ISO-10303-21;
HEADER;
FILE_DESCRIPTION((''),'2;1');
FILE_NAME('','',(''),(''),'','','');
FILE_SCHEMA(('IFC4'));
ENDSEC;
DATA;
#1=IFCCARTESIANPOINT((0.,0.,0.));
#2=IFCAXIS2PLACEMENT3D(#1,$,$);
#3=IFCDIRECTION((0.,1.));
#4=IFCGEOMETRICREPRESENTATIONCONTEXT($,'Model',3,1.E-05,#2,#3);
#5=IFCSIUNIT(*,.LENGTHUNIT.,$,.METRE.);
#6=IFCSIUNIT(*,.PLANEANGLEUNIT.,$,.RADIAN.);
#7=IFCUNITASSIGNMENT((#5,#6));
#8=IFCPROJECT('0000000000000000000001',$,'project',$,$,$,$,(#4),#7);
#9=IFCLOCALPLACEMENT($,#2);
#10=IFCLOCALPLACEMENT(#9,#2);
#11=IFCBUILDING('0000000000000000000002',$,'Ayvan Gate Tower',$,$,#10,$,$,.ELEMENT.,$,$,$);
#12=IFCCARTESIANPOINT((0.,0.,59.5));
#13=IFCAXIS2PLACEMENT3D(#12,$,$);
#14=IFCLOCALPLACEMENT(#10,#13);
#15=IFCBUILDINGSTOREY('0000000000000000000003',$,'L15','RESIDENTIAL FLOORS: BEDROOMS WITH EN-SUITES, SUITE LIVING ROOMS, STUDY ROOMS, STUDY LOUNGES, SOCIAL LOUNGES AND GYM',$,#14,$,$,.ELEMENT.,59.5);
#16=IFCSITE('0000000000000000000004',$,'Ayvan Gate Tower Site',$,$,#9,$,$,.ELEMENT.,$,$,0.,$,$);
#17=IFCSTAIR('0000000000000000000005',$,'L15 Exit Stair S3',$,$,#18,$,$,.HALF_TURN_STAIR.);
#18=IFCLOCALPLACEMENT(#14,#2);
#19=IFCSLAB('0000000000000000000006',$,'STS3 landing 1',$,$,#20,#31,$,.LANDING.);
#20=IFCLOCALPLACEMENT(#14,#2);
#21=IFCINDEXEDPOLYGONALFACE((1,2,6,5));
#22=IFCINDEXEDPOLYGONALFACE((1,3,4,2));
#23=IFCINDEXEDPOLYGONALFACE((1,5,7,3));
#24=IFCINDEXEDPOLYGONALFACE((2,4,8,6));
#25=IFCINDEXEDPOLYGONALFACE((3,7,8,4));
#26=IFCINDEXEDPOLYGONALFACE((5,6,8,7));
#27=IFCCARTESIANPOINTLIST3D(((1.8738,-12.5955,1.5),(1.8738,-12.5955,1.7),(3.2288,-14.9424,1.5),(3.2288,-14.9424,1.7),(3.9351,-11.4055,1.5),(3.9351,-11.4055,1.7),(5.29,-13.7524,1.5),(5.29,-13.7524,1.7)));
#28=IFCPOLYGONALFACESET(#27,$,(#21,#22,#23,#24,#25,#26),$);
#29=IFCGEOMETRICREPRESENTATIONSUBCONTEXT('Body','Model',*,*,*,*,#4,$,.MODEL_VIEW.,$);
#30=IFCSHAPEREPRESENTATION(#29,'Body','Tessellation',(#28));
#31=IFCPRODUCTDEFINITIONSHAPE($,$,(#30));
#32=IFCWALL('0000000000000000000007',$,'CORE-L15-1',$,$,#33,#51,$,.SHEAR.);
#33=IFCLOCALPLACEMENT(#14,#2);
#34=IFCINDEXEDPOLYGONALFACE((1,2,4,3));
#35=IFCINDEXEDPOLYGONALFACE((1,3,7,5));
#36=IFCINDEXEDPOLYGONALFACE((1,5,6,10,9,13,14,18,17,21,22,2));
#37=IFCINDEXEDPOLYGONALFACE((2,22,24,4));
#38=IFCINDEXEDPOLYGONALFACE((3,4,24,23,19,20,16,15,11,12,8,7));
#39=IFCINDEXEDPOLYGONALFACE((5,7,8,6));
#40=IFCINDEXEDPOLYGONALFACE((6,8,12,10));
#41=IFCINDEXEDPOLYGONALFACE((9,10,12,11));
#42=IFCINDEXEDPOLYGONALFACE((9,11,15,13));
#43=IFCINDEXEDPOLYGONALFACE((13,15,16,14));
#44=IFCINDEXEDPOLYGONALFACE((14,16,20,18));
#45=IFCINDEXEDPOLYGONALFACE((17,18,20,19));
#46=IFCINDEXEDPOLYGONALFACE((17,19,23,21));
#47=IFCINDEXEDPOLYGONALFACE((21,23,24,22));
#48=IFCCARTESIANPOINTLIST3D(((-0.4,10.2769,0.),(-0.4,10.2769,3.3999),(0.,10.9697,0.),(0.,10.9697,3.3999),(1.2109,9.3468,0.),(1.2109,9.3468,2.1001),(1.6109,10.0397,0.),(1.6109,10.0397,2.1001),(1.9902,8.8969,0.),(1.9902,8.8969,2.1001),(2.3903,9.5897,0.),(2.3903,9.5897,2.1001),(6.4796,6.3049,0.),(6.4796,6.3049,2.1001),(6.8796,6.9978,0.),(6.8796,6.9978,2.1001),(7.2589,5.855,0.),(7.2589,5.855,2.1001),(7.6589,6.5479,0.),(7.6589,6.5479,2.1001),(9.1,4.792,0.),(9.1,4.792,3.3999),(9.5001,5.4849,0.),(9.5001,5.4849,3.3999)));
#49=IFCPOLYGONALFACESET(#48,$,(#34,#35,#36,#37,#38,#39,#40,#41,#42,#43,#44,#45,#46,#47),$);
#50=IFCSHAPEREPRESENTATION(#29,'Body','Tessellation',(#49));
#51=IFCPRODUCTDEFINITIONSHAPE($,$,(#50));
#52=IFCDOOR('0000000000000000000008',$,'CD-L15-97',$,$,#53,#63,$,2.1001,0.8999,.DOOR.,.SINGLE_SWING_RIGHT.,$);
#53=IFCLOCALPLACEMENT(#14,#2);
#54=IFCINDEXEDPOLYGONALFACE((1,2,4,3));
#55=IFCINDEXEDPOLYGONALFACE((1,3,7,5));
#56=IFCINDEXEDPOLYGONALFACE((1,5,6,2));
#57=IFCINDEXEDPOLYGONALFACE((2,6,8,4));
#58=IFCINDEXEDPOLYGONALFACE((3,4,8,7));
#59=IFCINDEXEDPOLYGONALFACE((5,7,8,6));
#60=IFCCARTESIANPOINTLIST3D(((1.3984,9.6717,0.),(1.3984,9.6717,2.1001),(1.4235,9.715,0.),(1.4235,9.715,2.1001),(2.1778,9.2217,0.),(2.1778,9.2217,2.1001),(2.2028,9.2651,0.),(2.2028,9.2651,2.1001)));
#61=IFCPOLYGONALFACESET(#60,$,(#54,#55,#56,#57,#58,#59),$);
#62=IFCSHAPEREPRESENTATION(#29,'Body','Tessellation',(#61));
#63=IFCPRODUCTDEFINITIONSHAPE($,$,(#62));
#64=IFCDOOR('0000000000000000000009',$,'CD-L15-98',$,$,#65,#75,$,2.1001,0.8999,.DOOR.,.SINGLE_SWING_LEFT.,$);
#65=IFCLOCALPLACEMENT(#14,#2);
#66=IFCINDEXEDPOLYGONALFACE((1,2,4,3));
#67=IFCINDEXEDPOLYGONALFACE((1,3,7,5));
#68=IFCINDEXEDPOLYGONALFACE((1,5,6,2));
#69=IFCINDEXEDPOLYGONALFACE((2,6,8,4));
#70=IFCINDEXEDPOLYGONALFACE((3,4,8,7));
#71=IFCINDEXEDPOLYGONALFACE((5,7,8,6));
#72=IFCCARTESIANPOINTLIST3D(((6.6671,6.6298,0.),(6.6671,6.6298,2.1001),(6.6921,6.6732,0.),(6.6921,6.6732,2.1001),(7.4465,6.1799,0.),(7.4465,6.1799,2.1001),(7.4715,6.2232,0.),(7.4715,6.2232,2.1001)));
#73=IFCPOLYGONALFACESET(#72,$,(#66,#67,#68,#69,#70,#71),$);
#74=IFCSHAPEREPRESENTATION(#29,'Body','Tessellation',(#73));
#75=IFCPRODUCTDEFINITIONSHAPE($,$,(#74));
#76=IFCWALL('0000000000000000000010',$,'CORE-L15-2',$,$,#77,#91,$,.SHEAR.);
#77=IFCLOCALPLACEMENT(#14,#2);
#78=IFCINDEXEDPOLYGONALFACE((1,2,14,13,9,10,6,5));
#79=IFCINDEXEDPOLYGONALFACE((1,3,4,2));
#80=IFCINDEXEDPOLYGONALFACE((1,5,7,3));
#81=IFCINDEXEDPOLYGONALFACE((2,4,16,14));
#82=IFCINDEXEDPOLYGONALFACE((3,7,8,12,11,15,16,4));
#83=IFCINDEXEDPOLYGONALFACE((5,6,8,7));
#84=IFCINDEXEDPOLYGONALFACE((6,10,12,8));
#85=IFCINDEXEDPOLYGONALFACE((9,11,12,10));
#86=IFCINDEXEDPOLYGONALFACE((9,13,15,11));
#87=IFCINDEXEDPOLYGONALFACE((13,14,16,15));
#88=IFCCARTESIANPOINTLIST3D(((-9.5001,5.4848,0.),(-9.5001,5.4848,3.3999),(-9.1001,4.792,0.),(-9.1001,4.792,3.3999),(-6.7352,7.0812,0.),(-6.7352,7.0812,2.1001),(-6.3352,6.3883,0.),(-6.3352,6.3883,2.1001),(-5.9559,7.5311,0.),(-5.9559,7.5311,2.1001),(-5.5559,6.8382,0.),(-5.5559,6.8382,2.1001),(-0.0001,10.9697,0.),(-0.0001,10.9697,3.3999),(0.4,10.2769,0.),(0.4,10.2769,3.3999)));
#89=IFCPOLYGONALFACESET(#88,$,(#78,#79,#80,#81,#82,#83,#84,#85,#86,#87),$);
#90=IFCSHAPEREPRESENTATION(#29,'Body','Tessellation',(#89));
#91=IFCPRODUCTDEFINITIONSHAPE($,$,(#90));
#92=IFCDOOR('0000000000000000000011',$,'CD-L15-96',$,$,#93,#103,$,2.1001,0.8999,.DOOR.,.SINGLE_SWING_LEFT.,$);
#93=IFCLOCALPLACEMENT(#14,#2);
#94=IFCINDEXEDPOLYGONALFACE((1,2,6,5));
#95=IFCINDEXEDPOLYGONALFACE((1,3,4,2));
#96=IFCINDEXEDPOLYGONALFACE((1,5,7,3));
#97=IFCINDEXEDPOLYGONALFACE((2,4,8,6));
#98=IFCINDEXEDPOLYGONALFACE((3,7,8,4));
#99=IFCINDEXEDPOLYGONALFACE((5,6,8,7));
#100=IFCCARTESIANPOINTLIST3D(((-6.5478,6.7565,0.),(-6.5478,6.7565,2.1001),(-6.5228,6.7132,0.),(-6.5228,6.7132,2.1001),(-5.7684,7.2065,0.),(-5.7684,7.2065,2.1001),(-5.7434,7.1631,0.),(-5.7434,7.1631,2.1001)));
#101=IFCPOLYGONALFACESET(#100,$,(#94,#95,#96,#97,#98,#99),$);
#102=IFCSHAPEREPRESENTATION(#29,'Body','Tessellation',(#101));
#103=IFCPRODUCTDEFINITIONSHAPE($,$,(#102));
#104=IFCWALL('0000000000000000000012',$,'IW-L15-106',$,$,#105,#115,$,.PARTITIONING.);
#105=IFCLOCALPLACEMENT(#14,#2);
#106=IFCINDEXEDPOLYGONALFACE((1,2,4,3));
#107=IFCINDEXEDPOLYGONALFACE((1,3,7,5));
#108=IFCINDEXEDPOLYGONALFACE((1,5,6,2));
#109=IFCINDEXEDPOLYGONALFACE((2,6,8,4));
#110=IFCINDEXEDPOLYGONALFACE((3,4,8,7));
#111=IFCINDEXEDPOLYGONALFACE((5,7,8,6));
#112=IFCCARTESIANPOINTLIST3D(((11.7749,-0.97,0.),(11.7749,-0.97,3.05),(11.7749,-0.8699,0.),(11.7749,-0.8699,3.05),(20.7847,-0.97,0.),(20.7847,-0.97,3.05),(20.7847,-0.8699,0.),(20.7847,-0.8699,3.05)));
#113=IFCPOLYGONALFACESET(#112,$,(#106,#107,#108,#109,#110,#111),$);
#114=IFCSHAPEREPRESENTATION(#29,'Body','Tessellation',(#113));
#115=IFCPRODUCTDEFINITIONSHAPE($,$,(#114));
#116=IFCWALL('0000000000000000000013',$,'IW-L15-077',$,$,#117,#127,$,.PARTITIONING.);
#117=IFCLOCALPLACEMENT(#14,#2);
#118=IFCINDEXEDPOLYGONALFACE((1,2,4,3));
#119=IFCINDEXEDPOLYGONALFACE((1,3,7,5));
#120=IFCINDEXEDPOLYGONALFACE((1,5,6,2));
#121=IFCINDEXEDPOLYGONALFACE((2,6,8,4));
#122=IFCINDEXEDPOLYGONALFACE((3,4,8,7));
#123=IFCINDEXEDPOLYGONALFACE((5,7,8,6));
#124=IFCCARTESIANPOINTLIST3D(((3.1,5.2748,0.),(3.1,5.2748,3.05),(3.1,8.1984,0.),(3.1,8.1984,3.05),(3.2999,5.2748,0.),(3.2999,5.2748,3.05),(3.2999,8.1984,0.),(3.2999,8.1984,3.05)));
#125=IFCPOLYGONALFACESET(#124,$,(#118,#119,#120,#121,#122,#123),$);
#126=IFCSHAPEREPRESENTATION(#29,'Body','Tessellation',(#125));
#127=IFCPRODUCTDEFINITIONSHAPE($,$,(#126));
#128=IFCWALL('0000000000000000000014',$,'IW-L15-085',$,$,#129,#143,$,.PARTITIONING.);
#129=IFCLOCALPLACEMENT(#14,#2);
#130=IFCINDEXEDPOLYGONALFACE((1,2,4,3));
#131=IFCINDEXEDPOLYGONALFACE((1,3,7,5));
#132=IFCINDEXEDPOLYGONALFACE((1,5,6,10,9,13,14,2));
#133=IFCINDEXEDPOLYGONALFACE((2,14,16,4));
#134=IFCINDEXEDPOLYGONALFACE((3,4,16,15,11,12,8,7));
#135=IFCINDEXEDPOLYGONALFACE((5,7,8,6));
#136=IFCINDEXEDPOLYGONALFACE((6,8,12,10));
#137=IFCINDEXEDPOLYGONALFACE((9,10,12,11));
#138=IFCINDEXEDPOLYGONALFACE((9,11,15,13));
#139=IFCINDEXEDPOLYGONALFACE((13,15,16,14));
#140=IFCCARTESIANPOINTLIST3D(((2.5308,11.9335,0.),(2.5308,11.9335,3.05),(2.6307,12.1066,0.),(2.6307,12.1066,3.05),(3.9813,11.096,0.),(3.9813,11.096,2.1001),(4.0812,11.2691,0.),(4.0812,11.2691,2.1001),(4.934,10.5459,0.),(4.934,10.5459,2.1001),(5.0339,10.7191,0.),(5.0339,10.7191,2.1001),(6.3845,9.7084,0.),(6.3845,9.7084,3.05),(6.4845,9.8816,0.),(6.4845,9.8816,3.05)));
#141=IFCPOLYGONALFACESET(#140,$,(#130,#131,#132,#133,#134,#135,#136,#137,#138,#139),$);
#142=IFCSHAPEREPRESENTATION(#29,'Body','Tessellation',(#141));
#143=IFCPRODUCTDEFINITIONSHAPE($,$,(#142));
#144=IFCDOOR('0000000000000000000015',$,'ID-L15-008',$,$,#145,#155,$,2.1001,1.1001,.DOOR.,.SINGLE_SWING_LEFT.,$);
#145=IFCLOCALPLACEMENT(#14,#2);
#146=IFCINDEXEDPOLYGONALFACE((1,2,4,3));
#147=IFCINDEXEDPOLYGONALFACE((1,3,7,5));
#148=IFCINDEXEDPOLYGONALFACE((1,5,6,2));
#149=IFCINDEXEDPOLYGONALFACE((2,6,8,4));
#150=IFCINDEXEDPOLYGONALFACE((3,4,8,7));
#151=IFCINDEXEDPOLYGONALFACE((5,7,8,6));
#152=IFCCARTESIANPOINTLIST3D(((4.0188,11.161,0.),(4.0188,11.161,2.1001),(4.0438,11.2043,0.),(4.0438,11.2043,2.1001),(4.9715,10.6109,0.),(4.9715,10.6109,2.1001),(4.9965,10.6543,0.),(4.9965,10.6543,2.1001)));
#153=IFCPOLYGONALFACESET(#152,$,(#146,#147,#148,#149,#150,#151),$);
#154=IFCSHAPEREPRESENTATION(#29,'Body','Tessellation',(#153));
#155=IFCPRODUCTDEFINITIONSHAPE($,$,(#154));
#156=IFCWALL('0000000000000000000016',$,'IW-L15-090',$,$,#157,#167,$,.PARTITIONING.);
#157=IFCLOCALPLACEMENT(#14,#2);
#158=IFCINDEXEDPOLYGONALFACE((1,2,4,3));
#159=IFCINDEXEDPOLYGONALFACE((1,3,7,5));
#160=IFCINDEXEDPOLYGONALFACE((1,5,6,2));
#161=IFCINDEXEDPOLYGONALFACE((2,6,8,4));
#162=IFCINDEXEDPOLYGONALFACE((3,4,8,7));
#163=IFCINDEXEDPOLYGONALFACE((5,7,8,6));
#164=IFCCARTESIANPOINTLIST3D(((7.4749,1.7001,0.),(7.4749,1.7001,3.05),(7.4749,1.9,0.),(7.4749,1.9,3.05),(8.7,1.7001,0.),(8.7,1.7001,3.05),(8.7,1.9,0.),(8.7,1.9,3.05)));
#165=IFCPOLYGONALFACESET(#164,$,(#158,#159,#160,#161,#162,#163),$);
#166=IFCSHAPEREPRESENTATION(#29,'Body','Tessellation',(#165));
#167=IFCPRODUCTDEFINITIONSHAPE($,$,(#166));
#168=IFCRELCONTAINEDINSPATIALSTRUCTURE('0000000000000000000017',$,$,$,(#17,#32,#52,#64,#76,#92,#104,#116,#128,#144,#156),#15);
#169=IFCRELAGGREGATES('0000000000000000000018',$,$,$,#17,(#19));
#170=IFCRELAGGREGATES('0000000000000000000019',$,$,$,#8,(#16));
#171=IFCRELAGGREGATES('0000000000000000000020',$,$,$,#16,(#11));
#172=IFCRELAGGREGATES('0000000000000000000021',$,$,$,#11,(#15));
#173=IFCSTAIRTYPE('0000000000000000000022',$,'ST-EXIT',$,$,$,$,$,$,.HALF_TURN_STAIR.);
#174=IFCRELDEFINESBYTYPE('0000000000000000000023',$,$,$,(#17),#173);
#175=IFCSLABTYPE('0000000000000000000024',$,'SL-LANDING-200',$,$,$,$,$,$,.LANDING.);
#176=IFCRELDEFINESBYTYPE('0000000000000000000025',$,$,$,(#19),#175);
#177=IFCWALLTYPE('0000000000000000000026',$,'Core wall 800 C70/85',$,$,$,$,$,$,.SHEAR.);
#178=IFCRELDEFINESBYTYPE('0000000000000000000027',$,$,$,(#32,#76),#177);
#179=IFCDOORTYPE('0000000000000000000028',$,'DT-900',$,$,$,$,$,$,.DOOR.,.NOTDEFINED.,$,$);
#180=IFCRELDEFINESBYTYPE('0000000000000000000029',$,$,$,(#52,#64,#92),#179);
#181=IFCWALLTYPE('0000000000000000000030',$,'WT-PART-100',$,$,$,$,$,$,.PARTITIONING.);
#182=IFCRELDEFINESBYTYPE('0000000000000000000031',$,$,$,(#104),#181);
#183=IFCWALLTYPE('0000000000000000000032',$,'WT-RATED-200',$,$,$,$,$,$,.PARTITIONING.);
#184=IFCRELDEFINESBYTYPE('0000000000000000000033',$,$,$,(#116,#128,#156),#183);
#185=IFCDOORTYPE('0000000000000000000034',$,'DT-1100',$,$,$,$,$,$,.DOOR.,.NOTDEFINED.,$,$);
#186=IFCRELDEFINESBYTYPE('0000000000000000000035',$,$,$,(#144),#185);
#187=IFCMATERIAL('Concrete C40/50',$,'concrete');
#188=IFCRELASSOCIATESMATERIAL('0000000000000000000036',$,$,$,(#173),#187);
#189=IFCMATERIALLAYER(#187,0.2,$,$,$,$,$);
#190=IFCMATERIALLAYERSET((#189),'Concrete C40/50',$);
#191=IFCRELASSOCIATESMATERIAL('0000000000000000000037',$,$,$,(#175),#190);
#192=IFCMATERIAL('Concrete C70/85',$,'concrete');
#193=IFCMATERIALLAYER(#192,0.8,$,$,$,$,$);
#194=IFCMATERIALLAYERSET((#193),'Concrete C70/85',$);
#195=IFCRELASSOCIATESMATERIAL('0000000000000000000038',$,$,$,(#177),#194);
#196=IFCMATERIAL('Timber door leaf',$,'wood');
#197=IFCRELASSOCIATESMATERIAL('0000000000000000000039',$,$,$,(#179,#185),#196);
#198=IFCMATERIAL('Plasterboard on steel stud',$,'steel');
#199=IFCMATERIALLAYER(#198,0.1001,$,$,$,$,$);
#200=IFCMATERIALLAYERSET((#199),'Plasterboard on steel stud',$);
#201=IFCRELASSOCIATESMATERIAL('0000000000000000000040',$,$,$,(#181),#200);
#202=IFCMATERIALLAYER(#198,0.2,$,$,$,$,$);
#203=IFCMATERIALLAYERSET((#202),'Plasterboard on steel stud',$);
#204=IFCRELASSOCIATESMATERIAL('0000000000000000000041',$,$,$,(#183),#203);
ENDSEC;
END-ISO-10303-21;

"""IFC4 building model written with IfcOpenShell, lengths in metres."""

from ifc_helpers import new_model, si_unit, direction, frame, frame_2d, origin, place, context, subcontext, project, spatial, polyline, rectangle, outline, extrude, material, layer, layer_set, type_object, element, fill, aggregate, save


model = new_model("IFC4")

# Units and contexts
model_context = context("Model", 3, precision=1e-05, world=origin(), true_north=direction((0.0, 1.0)))
body_context = subcontext(model_context, "Body", "Model", "MODEL_VIEW")
ifc_project = project(units=[si_unit("LENGTHUNIT", "METRE"), si_unit("PLANEANGLEUNIT", "RADIAN")], contexts=[model_context])

# Site, building, storey
site_placement = place(None, origin())
site = spatial("IfcSite", under=ifc_project, at=site_placement, Name="Ayvan Gate Tower Site", CompositionType="ELEMENT", RefElevation=0.0)
building_placement = place(site_placement, origin())
building = spatial("IfcBuilding", under=site, at=building_placement, Name="Ayvan Gate Tower", CompositionType="ELEMENT")
storey_placement = place(building_placement, frame((0.0, 0.0, 59.5)))
storey = spatial("IfcBuildingStorey", under=building, at=storey_placement, Name="L15", Description="RESIDENTIAL FLOORS: BEDROOMS WITH EN-SUITES, SUITE LIVING ROOMS, STUDY ROOMS, STUDY LOUNGES, SOCIAL LOUNGES AND GYM", CompositionType="ELEMENT", Elevation=59.5)

# Stair, slab
ifc_material_1 = material(Name="Concrete C40/50", Category="concrete")
stair_type = type_object("IfcStairType", Name="ST-EXIT", PredefinedType="HALF_TURN_STAIR", material=ifc_material_1)
stair_placement = place(storey_placement, origin())
stair = element("IfcStair", 1, at=stair_placement, inside=storey, type_object=stair_type, Name="L15 Exit Stair S3", PredefinedType="HALF_TURN_STAIR")
ifc_layer_1 = layer(ifc_material_1, 0.2)
ifc_layer_set_1 = layer_set([ifc_layer_1], Name="Concrete C40/50")
slab_type = type_object("IfcSlabType", Name="SL-LANDING-200", PredefinedType="LANDING", material=ifc_layer_set_1)
slab_placement = place(storey_placement, frame((0.0, 0.0, 1.5)))
slab = element("IfcSlab", 2, at=slab_placement, type_object=slab_type, Name="STS3 landing 1", PredefinedType="LANDING", context=body_context, shape_type="SweptSolid", body=[
    extrude(outline(polyline([(3.9351, -11.4055), (1.8738, -12.5955), (3.2288, -14.9424), (5.29, -13.7524), (3.9351, -11.4055)])), origin(), (0.0, 0.0, 1.0), 0.2),
])
aggregate(stair, [slab])

# Wall, openings, doors
ifc_material_2 = material(Name="Concrete C70/85", Category="concrete")
ifc_layer_2 = layer(ifc_material_2, 0.8)
ifc_layer_set_2 = layer_set([ifc_layer_2], Name="Concrete C70/85")
wall_type_1 = type_object("IfcWallType", Name="Core wall 800 C70/85", PredefinedType="SHEAR", material=ifc_layer_set_2)
wall_1_placement = place(storey_placement, frame((9.3, 5.1384, 0.0), z_axis=(0.0, 0.0, 1.0), x_axis=(-0.866024, 0.500002, 0.0)))
wall_1 = element("IfcWall", 3, at=wall_1_placement, inside=storey, type_object=wall_type_1, Name="CORE-L15-1", PredefinedType="SHEAR", context=body_context, shape_type="SweptSolid", body=[
    extrude(rectangle(XDim=10.9697, YDim=0.8, at=frame_2d((5.4849, 0.0))), origin(), (0.0, 0.0, 1.0), 3.3999),
])
opening_1_placement = place(wall_1_placement, frame((8.2097, 0.0, 0.0)))
opening_1 = element("IfcOpeningElement", 4, at=opening_1_placement, cuts=wall_1, PredefinedType="OPENING", context=body_context, shape_type="SweptSolid", body=[
    extrude(rectangle(XDim=0.8999, YDim=2.1001, at=frame_2d((0.45, 1.05))), frame((0.0, 0.4099, 0.0), z_axis=(0.0, -1.0, 0.0), x_axis=(1.0, 0.0, 0.0)), (0.0, 0.0, 1.0), 0.8201),
])
opening_2_placement = place(wall_1_placement, frame((2.126, 0.0, 0.0)))
opening_2 = element("IfcOpeningElement", 5, at=opening_2_placement, cuts=wall_1, PredefinedType="OPENING", context=body_context, shape_type="SweptSolid", body=[
    extrude(rectangle(XDim=0.8999, YDim=2.1001, at=frame_2d((0.45, 1.05))), frame((0.0, 0.4099, 0.0), z_axis=(0.0, -1.0, 0.0), x_axis=(1.0, 0.0, 0.0)), (0.0, 0.0, 1.0), 0.8201),
])
ifc_material_3 = material(Name="Timber door leaf", Category="wood")
door_type_1 = type_object("IfcDoorType", Name="DT-900", OperationType="NOTDEFINED", PredefinedType="DOOR", material=ifc_material_3)
door_1_placement = place(opening_1_placement, origin())
door_1 = element("IfcDoor", 6, at=door_1_placement, inside=storey, type_object=door_type_1, Name="CD-L15-97", OperationType="SINGLE_SWING_RIGHT", OverallHeight=2.1001, OverallWidth=0.8999, PredefinedType="DOOR", context=body_context, shape_type="SweptSolid", body=[
    extrude(rectangle(XDim=0.8999, YDim=2.1001, at=frame_2d((0.45, 1.05))), frame((0.0, 0.0249, 0.0), z_axis=(0.0, -1.0, 0.0), x_axis=(1.0, 0.0, 0.0)), (0.0, 0.0, 1.0), 0.05),
])
fill(opening_1, door_1)
door_2_placement = place(opening_2_placement, origin())
door_2 = element("IfcDoor", 7, at=door_2_placement, inside=storey, type_object=door_type_1, Name="CD-L15-98", OperationType="SINGLE_SWING_LEFT", OverallHeight=2.1001, OverallWidth=0.8999, PredefinedType="DOOR", context=body_context, shape_type="SweptSolid", body=[
    extrude(rectangle(XDim=0.8999, YDim=2.1001, at=frame_2d((0.45, 1.05))), frame((0.0, 0.0249, 0.0), z_axis=(0.0, -1.0, 0.0), x_axis=(1.0, 0.0, 0.0)), (0.0, 0.0, 1.0), 0.05),
])
fill(opening_2, door_2)

# Wall, opening, door
wall_2_placement = place(storey_placement, frame((0.2, 10.6233, 0.0), z_axis=(0.0, 0.0, 1.0), x_axis=(-0.866024, -0.500002, 0.0)))
wall_2 = element("IfcWall", 8, at=wall_2_placement, inside=storey, type_object=wall_type_1, Name="CORE-L15-2", PredefinedType="SHEAR", context=body_context, shape_type="SweptSolid", body=[
    extrude(rectangle(XDim=10.9697, YDim=0.8, at=frame_2d((5.4849, 0.0))), origin(), (0.0, 0.0, 1.0), 3.3999),
])
opening_3_placement = place(wall_2_placement, frame((6.8772, 0.0, 0.0)))
opening_3 = element("IfcOpeningElement", 9, at=opening_3_placement, cuts=wall_2, PredefinedType="OPENING", context=body_context, shape_type="SweptSolid", body=[
    extrude(rectangle(XDim=0.8999, YDim=2.1001, at=frame_2d((0.45, 1.05))), frame((0.0, 0.4099, 0.0), z_axis=(0.0, -1.0, 0.0), x_axis=(1.0, 0.0, 0.0)), (0.0, 0.0, 1.0), 0.8201),
])
door_3_placement = place(opening_3_placement, origin())
door_3 = element("IfcDoor", 10, at=door_3_placement, inside=storey, type_object=door_type_1, Name="CD-L15-96", OperationType="SINGLE_SWING_LEFT", OverallHeight=2.1001, OverallWidth=0.8999, PredefinedType="DOOR", context=body_context, shape_type="SweptSolid", body=[
    extrude(rectangle(XDim=0.8999, YDim=2.1001, at=frame_2d((0.45, 1.05))), frame((0.0, 0.0249, 0.0), z_axis=(0.0, -1.0, 0.0), x_axis=(1.0, 0.0, 0.0)), (0.0, 0.0, 1.0), 0.05),
])
fill(opening_3, door_3)

# Walls
ifc_material_4 = material(Name="Plasterboard on steel stud", Category="steel")
ifc_layer_3 = layer(ifc_material_4, 0.1001)
ifc_layer_set_3 = layer_set([ifc_layer_3], Name="Plasterboard on steel stud")
wall_type_2 = type_object("IfcWallType", Name="WT-PART-100", PredefinedType="PARTITIONING", material=ifc_layer_set_3)
wall_3_placement = place(storey_placement, frame((11.7749, -0.9199, 0.0), z_axis=(0.0, 0.0, 1.0), x_axis=(1.0, 0.0, 0.0)))
element("IfcWall", 11, at=wall_3_placement, inside=storey, type_object=wall_type_2, Name="IW-L15-106", PredefinedType="PARTITIONING", context=body_context, shape_type="SweptSolid", body=[
    extrude(rectangle(XDim=9.0098, YDim=0.1001, at=frame_2d((4.5049, 0.0))), origin(), (0.0, 0.0, 1.0), 3.05),
])
ifc_layer_4 = layer(ifc_material_4, 0.2)
ifc_layer_set_4 = layer_set([ifc_layer_4], Name="Plasterboard on steel stud")
wall_type_3 = type_object("IfcWallType", Name="WT-RATED-200", PredefinedType="PARTITIONING", material=ifc_layer_set_4)
wall_4_placement = place(storey_placement, frame((3.2, 8.1985, 0.0), z_axis=(0.0, 0.0, 1.0), x_axis=(0.0, -1.0, 0.0)))
element("IfcWall", 12, at=wall_4_placement, inside=storey, type_object=wall_type_3, Name="IW-L15-077", PredefinedType="PARTITIONING", context=body_context, shape_type="SweptSolid", body=[
    extrude(rectangle(XDim=2.9236, YDim=0.2, at=frame_2d((1.4619, 0.0))), origin(), (0.0, 0.0, 1.0), 3.05),
])

# Wall, opening, door
wall_5_placement = place(storey_placement, frame((6.4346, 9.7949, 0.0), z_axis=(0.0, 0.0, 1.0), x_axis=(-0.866013, 0.500022, 0.0)))
wall_5 = element("IfcWall", 13, at=wall_5_placement, inside=storey, type_object=wall_type_3, Name="IW-L15-085", PredefinedType="PARTITIONING", context=body_context, shape_type="SweptSolid", body=[
    extrude(rectangle(XDim=4.45, YDim=0.2, at=frame_2d((2.2251, 0.0))), origin(), (0.0, 0.0, 1.0), 3.05),
])
opening_4_placement = place(wall_5_placement, frame((1.675, 0.0, 0.0)))
opening_4 = element("IfcOpeningElement", 14, at=opening_4_placement, cuts=wall_5, PredefinedType="OPENING", context=body_context, shape_type="SweptSolid", body=[
    extrude(rectangle(XDim=1.1001, YDim=2.1001, at=frame_2d((0.55, 1.05))), frame((0.0, 0.1099, 0.0), z_axis=(0.0, -1.0, 0.0), x_axis=(1.0, 0.0, 0.0)), (0.0, 0.0, 1.0), 0.22),
])
door_type_2 = type_object("IfcDoorType", Name="DT-1100", OperationType="NOTDEFINED", PredefinedType="DOOR", material=ifc_material_3)
door_4_placement = place(opening_4_placement, origin())
door_4 = element("IfcDoor", 15, at=door_4_placement, inside=storey, type_object=door_type_2, Name="ID-L15-008", OperationType="SINGLE_SWING_LEFT", OverallHeight=2.1001, OverallWidth=1.1001, PredefinedType="DOOR", context=body_context, shape_type="SweptSolid", body=[
    extrude(rectangle(XDim=1.1001, YDim=2.1001, at=frame_2d((0.55, 1.05))), frame((0.0, 0.0249, 0.0), z_axis=(0.0, -1.0, 0.0), x_axis=(1.0, 0.0, 0.0)), (0.0, 0.0, 1.0), 0.05),
])
fill(opening_4, door_4)

# Wall
wall_6_placement = place(storey_placement, frame((7.4749, 1.8, 0.0), z_axis=(0.0, 0.0, 1.0), x_axis=(1.0, 0.0, 0.0)))
element("IfcWall", 16, at=wall_6_placement, inside=storey, type_object=wall_type_3, Name="IW-L15-090", PredefinedType="PARTITIONING", context=body_context, shape_type="SweptSolid", body=[
    extrude(rectangle(XDim=1.2251, YDim=0.2, at=frame_2d((0.6125, 0.0))), origin(), (0.0, 0.0, 1.0), 3.05),
])

save(model, "model.ifc")
